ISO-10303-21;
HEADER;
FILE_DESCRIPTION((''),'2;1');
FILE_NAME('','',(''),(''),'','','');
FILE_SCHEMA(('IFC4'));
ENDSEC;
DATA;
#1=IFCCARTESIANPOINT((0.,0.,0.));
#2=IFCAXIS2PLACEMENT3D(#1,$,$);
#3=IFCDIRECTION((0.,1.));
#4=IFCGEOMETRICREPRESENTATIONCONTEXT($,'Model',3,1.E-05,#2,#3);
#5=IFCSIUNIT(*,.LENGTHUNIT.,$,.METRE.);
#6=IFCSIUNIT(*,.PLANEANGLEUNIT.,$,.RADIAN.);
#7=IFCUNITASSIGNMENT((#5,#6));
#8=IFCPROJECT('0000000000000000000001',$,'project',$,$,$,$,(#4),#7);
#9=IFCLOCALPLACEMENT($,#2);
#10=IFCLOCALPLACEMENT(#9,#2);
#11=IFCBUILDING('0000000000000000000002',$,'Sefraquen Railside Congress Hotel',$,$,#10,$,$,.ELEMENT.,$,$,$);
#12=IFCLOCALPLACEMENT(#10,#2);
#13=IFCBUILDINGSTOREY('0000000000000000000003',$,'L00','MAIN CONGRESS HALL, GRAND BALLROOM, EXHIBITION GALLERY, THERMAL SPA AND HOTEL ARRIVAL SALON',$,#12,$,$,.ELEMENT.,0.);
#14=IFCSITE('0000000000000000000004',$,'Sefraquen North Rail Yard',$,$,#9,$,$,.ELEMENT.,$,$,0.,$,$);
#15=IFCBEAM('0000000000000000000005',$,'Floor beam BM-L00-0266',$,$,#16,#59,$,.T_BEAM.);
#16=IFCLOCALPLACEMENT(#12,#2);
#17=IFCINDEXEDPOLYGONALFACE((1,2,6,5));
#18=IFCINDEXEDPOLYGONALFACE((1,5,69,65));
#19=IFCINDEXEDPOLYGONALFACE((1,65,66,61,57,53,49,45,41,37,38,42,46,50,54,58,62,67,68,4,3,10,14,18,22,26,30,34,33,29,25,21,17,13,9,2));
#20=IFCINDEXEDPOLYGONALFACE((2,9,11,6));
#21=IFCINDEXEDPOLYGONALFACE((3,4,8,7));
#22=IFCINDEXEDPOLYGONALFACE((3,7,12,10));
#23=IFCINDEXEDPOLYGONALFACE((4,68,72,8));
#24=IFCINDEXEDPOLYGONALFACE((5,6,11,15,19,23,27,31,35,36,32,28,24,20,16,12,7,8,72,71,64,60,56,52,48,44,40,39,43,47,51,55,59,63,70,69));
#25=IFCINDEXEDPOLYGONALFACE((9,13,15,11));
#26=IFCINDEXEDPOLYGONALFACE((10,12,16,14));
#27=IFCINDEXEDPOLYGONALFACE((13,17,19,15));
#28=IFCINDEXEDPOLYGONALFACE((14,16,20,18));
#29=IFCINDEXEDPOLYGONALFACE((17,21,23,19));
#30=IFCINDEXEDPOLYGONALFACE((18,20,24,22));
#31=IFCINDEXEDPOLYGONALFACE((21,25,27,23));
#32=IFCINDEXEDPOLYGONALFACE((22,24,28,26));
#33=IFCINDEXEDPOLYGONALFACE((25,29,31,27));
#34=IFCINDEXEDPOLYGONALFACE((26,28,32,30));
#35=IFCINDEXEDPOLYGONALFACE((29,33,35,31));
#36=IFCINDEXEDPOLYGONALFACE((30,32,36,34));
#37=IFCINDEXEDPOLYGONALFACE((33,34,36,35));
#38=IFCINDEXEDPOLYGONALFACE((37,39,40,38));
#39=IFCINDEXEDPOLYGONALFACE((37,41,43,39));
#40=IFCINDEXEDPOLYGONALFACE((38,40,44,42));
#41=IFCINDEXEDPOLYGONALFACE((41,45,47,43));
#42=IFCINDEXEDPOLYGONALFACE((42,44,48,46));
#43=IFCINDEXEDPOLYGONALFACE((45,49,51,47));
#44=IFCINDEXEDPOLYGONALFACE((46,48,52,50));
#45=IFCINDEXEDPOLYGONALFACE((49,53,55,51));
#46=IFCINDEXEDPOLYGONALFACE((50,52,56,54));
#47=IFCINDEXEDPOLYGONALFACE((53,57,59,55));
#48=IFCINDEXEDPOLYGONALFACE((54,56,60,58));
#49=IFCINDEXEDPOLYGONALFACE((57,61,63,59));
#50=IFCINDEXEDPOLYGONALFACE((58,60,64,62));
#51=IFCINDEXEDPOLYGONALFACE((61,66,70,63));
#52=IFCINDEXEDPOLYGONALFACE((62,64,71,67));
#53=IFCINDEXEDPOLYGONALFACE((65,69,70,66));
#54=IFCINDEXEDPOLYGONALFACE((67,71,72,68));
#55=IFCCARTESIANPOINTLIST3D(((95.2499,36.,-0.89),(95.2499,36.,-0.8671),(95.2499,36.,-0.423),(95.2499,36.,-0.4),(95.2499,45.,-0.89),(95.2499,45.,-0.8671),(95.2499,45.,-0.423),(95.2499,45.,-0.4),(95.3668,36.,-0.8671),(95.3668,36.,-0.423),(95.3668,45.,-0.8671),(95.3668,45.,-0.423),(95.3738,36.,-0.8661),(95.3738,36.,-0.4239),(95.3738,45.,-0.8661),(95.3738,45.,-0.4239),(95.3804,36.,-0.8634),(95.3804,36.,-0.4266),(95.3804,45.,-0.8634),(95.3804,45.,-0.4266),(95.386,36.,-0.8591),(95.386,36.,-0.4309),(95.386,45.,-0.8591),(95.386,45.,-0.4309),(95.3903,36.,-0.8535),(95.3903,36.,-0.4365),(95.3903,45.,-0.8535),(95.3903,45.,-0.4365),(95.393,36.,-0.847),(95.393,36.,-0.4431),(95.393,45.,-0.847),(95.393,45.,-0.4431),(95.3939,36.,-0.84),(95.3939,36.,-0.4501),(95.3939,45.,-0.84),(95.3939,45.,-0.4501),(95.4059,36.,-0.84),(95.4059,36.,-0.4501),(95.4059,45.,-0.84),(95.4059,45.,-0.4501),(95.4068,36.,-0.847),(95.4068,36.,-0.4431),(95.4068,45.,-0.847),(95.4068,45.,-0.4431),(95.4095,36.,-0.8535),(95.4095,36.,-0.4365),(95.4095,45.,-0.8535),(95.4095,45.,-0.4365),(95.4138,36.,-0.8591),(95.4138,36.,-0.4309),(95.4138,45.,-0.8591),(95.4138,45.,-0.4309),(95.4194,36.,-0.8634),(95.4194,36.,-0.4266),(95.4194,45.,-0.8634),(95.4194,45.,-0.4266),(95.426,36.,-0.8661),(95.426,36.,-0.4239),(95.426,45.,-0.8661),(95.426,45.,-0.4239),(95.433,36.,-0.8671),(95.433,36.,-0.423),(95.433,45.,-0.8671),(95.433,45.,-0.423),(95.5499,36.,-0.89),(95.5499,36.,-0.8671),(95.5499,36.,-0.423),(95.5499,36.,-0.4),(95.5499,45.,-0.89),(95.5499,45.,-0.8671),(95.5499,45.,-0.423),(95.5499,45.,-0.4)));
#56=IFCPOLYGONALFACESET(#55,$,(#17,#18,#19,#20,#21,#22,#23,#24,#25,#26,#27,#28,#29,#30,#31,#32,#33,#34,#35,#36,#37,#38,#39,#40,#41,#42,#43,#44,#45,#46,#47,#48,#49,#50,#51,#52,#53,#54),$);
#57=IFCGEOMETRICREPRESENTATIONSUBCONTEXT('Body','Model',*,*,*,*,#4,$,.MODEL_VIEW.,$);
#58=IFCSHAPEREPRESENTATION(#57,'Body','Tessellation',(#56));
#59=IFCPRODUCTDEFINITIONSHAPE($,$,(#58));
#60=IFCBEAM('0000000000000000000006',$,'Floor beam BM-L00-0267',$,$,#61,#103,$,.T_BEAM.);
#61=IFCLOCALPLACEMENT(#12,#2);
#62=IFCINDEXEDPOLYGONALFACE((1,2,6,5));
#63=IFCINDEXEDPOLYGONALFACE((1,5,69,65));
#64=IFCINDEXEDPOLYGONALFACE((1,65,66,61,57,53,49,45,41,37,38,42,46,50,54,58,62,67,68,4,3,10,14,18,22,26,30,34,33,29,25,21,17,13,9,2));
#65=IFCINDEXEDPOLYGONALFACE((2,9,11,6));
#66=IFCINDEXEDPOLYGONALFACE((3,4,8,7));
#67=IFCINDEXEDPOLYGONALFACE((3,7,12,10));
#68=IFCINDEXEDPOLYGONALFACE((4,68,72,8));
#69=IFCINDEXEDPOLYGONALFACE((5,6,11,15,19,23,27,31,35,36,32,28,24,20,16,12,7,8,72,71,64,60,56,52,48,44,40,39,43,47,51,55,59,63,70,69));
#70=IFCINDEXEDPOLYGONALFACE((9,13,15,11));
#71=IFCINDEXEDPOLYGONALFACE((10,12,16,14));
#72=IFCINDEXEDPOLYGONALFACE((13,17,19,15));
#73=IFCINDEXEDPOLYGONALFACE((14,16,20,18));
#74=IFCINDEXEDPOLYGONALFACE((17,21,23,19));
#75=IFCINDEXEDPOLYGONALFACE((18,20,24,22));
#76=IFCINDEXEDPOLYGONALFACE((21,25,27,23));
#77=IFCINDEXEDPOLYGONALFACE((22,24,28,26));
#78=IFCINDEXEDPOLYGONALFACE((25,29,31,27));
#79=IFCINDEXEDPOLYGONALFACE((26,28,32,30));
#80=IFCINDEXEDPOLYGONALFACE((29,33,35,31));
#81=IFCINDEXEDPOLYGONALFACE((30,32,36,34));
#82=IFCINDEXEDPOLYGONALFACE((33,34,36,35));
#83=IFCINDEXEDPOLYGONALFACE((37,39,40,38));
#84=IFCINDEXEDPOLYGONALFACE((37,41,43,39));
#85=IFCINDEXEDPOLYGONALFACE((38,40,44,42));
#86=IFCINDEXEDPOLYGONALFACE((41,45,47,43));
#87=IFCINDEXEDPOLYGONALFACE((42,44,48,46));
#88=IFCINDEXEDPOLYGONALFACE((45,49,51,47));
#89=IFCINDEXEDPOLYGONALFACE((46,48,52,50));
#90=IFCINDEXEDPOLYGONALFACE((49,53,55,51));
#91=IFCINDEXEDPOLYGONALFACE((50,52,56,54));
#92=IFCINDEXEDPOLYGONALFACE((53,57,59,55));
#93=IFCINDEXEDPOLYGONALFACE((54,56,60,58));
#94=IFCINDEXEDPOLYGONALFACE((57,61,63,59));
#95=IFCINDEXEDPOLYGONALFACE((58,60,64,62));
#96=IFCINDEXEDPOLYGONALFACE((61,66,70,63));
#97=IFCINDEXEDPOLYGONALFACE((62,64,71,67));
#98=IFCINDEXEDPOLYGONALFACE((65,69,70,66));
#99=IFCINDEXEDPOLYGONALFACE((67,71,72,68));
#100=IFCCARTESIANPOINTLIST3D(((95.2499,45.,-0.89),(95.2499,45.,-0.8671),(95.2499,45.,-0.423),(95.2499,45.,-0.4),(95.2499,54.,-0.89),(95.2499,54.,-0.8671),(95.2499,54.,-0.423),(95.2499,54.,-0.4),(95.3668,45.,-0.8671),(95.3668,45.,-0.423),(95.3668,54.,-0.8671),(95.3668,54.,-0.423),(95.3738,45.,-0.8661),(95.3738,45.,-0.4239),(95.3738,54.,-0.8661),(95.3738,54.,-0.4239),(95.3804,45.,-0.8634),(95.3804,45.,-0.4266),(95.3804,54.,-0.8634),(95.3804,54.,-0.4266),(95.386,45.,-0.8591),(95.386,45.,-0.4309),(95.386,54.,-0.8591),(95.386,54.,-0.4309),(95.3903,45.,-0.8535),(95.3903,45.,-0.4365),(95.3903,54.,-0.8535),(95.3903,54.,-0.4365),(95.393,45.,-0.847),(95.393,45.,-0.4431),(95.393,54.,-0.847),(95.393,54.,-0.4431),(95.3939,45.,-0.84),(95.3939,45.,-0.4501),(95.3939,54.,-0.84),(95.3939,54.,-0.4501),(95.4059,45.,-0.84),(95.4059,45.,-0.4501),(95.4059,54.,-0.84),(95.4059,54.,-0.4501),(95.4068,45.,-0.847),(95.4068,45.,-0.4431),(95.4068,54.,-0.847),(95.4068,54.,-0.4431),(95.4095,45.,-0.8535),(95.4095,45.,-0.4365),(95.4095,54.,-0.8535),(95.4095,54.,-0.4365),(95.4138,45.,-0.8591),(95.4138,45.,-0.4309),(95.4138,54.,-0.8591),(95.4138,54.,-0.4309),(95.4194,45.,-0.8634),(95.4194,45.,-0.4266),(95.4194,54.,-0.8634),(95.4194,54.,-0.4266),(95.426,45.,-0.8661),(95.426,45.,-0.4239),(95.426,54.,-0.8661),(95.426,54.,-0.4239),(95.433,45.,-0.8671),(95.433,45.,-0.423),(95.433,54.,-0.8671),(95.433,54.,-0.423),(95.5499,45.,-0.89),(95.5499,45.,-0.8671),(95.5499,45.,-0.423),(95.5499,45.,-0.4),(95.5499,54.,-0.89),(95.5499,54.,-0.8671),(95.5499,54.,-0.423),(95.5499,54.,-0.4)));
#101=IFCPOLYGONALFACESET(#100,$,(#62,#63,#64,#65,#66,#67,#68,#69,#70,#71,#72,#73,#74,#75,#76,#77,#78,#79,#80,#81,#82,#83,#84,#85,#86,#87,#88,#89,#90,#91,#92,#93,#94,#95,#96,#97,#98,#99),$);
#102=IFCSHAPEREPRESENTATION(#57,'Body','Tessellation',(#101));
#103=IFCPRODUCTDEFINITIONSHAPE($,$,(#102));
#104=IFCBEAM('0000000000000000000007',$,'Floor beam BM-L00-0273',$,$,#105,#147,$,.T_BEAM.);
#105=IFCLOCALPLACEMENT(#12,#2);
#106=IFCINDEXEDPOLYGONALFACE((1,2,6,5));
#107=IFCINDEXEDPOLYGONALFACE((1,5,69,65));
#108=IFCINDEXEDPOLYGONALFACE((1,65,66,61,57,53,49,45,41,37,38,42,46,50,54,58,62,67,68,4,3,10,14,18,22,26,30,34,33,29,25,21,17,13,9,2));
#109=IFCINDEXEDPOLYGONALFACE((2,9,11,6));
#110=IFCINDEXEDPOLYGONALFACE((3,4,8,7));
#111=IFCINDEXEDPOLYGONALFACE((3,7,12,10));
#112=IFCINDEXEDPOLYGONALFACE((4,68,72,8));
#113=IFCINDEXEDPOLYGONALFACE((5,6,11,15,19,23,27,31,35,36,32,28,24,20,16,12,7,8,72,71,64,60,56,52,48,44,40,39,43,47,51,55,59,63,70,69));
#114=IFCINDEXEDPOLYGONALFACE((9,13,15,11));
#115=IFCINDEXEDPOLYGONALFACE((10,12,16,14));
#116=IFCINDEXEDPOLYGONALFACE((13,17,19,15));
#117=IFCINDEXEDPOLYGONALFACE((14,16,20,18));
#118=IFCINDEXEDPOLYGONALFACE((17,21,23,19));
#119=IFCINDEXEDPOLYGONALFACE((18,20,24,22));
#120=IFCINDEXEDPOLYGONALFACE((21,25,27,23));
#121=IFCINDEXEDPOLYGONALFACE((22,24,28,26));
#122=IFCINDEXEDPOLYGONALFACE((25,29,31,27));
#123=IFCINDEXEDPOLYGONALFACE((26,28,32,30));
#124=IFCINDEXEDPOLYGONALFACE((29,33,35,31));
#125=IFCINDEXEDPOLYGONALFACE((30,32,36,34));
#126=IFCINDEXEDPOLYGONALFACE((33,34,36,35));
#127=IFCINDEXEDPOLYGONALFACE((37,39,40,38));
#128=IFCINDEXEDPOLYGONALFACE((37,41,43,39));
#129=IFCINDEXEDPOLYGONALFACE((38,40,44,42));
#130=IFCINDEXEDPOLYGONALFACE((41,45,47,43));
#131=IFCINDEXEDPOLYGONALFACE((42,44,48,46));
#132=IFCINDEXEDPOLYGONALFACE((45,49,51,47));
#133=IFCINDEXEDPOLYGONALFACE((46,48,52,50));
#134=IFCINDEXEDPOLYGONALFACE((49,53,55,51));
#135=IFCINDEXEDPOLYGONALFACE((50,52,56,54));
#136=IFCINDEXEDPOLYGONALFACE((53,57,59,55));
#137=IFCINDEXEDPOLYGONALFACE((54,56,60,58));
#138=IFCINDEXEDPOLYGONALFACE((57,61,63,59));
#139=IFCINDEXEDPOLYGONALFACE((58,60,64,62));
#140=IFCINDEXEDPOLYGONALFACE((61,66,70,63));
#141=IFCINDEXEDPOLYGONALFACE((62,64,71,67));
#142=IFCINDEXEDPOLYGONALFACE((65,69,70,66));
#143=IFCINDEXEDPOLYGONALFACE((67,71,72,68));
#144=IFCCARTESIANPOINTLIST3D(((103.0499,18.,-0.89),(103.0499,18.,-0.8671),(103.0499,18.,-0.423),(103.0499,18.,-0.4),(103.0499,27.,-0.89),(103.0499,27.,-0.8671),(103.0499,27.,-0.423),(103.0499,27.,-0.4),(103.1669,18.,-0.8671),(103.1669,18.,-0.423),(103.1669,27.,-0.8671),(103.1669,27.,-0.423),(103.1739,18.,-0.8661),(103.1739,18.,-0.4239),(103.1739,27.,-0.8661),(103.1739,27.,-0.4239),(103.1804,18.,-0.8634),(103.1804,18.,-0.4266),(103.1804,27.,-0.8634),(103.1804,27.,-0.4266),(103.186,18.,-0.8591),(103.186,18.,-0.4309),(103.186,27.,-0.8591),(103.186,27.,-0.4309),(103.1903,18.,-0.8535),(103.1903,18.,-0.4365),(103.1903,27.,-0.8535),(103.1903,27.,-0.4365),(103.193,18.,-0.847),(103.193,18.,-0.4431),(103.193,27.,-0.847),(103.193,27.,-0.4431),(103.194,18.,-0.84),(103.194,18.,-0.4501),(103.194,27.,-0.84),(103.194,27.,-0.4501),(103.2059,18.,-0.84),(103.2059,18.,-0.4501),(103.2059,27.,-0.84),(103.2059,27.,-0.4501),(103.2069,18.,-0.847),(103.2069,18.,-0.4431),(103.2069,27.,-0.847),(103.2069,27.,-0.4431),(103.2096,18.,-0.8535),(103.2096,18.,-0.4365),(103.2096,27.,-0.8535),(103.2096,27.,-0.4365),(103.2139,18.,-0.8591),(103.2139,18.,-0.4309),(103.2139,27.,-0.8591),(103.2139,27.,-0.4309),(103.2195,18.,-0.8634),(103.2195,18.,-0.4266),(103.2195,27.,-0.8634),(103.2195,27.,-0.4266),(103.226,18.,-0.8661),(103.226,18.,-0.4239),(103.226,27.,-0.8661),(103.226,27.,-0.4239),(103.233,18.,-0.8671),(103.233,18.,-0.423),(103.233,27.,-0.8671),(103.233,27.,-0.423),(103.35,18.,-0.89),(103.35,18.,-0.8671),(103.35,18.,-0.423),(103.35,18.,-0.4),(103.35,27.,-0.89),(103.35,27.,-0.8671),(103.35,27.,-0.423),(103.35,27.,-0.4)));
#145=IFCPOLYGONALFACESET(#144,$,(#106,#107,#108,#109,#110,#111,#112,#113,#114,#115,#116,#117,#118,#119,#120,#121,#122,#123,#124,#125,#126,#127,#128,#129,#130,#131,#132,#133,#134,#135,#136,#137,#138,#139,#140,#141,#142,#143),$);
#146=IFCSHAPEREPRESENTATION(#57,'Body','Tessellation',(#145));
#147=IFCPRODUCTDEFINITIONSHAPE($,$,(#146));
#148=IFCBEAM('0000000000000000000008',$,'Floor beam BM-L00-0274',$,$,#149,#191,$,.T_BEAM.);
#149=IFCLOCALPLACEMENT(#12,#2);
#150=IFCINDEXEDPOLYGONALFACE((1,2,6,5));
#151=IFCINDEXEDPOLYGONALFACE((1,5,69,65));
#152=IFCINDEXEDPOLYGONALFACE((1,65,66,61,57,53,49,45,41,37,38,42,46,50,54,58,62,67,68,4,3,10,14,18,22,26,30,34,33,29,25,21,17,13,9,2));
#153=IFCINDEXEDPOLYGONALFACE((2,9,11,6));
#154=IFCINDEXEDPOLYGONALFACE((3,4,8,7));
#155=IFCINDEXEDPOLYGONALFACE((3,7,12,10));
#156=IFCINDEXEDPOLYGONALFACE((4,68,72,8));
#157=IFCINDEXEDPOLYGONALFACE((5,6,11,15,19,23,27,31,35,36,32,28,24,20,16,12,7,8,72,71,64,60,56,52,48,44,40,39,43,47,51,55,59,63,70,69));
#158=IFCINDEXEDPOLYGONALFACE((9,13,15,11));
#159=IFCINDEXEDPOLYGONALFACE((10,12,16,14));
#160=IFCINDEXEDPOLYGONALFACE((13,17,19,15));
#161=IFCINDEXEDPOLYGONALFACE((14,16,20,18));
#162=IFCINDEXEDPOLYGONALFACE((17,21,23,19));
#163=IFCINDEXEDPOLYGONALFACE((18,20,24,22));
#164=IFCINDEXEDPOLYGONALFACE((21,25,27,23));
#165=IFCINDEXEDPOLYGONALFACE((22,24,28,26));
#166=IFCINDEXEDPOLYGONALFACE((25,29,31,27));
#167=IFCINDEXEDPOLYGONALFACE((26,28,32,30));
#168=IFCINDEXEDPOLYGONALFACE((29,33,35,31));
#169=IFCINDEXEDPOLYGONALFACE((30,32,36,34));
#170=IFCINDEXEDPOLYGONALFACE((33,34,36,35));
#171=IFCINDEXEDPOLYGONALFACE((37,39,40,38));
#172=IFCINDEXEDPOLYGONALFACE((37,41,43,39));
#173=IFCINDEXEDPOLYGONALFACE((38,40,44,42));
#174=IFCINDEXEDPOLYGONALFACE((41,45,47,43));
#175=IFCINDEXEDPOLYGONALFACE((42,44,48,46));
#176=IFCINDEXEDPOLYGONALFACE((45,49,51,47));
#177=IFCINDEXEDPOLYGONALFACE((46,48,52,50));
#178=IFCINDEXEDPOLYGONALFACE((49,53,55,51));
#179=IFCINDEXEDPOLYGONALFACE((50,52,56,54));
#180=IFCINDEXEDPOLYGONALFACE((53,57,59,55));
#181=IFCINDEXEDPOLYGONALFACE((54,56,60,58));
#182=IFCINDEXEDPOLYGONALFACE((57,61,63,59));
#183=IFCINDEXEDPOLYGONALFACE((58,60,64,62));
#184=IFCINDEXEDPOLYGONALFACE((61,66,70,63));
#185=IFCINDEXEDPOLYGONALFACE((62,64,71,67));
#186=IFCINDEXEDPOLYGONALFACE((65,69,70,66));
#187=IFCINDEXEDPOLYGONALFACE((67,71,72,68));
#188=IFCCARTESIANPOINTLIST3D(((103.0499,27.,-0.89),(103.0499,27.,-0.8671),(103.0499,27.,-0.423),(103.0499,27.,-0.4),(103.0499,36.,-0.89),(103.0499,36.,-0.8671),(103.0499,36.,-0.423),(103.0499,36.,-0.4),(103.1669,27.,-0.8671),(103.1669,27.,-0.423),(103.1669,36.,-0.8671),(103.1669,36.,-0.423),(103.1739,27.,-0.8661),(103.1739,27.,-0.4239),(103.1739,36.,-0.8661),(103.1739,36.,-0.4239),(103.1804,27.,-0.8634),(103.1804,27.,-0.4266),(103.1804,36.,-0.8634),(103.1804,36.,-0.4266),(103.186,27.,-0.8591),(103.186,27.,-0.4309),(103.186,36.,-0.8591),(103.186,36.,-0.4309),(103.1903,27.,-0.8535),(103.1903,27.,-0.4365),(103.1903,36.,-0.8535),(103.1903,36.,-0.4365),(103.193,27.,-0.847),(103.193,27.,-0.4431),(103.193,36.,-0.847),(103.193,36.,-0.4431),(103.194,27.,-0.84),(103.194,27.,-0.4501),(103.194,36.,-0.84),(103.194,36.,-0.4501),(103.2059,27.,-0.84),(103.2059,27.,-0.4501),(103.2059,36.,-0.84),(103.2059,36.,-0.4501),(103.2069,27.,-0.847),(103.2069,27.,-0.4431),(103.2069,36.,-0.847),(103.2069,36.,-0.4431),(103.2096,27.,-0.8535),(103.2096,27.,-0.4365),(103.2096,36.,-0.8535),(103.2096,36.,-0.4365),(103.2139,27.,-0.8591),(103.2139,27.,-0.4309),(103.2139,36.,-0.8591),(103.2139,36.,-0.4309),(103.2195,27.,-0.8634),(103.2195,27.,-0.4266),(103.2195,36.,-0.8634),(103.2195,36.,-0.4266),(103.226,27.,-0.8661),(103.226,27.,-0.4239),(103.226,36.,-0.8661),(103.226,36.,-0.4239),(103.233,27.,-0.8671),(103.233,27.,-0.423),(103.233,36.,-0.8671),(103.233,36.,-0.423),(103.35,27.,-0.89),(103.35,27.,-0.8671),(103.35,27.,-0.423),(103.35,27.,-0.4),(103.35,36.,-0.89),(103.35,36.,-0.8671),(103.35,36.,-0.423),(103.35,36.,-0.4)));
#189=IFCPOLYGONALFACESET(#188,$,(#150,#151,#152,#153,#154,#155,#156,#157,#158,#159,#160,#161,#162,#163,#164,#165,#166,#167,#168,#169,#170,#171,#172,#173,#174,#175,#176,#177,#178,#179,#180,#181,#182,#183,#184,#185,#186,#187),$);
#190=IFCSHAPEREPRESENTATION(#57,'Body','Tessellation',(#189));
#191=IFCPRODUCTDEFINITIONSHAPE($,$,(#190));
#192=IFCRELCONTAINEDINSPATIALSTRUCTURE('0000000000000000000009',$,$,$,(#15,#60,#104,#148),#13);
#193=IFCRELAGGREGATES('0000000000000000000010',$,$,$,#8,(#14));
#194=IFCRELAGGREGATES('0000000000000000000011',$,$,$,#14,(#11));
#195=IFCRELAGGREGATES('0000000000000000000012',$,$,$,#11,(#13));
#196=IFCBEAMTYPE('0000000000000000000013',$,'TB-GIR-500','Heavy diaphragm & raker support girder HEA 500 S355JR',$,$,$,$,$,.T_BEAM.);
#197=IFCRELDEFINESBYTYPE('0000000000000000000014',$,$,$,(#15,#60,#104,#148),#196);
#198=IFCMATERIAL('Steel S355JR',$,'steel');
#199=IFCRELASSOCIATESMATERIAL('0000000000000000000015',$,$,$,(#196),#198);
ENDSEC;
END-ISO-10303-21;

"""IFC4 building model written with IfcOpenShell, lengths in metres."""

from ifc_helpers import new_model, si_unit, direction, frame, origin, origin_2d, place, context, subcontext, project, spatial, i_section, extrude, material, material_profile, profile_set, type_object, element, save


model = new_model("IFC4")

# Units and contexts
model_context = context("Model", 3, precision=1e-05, world=origin(), true_north=direction((0.0, 1.0)))
body_context = subcontext(model_context, "Body", "Model", "MODEL_VIEW")
ifc_project = project(units=[si_unit("LENGTHUNIT", "METRE"), si_unit("PLANEANGLEUNIT", "RADIAN")], contexts=[model_context])

# Site, building, storey
site_placement = place(None, origin())
site = spatial("IfcSite", under=ifc_project, at=site_placement, Name="Sefraquen North Rail Yard", CompositionType="ELEMENT", RefElevation=0.0)
building_placement = place(site_placement, origin())
building = spatial("IfcBuilding", under=site, at=building_placement, Name="Sefraquen Railside Congress Hotel", CompositionType="ELEMENT")
storey_placement = place(building_placement, origin())
storey = spatial("IfcBuildingStorey", under=building, at=storey_placement, Name="L00", Description="MAIN CONGRESS HALL, GRAND BALLROOM, EXHIBITION GALLERY, THERMAL SPA AND HOTEL ARRIVAL SALON", CompositionType="ELEMENT", Elevation=0.0)

# Shared definitions
ifc_material_1 = material(Name="Steel S355JR", Category="steel")

# Beams
ifc_material_profile_1 = material_profile(ifc_material_1, i_section(OverallWidth=0.3, OverallDepth=0.49, WebThickness=0.012, FlangeThickness=0.0229, FilletRadius=0.0271, at=origin_2d()), Name="HEA 500")
ifc_profile_set_1 = profile_set([ifc_material_profile_1], Name="Steel S355JR")
beam_type_1 = type_object("IfcBeamType", Name="TB-GIR-500", Description="Heavy diaphragm & raker support girder HEA 500 S355JR", PredefinedType="T_BEAM", material=ifc_profile_set_1)
for number, where, z_axis, x_axis, name in (
    (1, (95.3999, 36.0, -0.645), (0.0, 1.0, 0.0), (-1.0, 0.0, 0.0), "Floor beam BM-L00-0266"),
    (2, (95.3999, 45.0, -0.645), (0.0, 1.0, 0.0), (-1.0, 0.0, 0.0), "Floor beam BM-L00-0267"),
    (3, (103.2, 18.0, -0.645), (0.0, 1.0, 0.0), (-1.0, 0.0, 0.0), "Floor beam BM-L00-0273"),
    (4, (103.2, 27.0, -0.645), (0.0, 1.0, 0.0), (-1.0, 0.0, 0.0), "Floor beam BM-L00-0274"),
):
    element("IfcBeam", number, at=place(storey_placement, frame(where, z_axis=z_axis, x_axis=x_axis)), inside=storey, type_object=beam_type_1, Name=name, PredefinedType="T_BEAM", context=body_context, shape_type="SweptSolid", body=[
        extrude(i_section(OverallWidth=0.3, OverallDepth=0.49, WebThickness=0.012, FlangeThickness=0.0229, FilletRadius=0.0271, at=origin_2d()), origin(), (0.0, 0.0, 1.0), 9.0),
    ])

save(model, "model.ifc")
